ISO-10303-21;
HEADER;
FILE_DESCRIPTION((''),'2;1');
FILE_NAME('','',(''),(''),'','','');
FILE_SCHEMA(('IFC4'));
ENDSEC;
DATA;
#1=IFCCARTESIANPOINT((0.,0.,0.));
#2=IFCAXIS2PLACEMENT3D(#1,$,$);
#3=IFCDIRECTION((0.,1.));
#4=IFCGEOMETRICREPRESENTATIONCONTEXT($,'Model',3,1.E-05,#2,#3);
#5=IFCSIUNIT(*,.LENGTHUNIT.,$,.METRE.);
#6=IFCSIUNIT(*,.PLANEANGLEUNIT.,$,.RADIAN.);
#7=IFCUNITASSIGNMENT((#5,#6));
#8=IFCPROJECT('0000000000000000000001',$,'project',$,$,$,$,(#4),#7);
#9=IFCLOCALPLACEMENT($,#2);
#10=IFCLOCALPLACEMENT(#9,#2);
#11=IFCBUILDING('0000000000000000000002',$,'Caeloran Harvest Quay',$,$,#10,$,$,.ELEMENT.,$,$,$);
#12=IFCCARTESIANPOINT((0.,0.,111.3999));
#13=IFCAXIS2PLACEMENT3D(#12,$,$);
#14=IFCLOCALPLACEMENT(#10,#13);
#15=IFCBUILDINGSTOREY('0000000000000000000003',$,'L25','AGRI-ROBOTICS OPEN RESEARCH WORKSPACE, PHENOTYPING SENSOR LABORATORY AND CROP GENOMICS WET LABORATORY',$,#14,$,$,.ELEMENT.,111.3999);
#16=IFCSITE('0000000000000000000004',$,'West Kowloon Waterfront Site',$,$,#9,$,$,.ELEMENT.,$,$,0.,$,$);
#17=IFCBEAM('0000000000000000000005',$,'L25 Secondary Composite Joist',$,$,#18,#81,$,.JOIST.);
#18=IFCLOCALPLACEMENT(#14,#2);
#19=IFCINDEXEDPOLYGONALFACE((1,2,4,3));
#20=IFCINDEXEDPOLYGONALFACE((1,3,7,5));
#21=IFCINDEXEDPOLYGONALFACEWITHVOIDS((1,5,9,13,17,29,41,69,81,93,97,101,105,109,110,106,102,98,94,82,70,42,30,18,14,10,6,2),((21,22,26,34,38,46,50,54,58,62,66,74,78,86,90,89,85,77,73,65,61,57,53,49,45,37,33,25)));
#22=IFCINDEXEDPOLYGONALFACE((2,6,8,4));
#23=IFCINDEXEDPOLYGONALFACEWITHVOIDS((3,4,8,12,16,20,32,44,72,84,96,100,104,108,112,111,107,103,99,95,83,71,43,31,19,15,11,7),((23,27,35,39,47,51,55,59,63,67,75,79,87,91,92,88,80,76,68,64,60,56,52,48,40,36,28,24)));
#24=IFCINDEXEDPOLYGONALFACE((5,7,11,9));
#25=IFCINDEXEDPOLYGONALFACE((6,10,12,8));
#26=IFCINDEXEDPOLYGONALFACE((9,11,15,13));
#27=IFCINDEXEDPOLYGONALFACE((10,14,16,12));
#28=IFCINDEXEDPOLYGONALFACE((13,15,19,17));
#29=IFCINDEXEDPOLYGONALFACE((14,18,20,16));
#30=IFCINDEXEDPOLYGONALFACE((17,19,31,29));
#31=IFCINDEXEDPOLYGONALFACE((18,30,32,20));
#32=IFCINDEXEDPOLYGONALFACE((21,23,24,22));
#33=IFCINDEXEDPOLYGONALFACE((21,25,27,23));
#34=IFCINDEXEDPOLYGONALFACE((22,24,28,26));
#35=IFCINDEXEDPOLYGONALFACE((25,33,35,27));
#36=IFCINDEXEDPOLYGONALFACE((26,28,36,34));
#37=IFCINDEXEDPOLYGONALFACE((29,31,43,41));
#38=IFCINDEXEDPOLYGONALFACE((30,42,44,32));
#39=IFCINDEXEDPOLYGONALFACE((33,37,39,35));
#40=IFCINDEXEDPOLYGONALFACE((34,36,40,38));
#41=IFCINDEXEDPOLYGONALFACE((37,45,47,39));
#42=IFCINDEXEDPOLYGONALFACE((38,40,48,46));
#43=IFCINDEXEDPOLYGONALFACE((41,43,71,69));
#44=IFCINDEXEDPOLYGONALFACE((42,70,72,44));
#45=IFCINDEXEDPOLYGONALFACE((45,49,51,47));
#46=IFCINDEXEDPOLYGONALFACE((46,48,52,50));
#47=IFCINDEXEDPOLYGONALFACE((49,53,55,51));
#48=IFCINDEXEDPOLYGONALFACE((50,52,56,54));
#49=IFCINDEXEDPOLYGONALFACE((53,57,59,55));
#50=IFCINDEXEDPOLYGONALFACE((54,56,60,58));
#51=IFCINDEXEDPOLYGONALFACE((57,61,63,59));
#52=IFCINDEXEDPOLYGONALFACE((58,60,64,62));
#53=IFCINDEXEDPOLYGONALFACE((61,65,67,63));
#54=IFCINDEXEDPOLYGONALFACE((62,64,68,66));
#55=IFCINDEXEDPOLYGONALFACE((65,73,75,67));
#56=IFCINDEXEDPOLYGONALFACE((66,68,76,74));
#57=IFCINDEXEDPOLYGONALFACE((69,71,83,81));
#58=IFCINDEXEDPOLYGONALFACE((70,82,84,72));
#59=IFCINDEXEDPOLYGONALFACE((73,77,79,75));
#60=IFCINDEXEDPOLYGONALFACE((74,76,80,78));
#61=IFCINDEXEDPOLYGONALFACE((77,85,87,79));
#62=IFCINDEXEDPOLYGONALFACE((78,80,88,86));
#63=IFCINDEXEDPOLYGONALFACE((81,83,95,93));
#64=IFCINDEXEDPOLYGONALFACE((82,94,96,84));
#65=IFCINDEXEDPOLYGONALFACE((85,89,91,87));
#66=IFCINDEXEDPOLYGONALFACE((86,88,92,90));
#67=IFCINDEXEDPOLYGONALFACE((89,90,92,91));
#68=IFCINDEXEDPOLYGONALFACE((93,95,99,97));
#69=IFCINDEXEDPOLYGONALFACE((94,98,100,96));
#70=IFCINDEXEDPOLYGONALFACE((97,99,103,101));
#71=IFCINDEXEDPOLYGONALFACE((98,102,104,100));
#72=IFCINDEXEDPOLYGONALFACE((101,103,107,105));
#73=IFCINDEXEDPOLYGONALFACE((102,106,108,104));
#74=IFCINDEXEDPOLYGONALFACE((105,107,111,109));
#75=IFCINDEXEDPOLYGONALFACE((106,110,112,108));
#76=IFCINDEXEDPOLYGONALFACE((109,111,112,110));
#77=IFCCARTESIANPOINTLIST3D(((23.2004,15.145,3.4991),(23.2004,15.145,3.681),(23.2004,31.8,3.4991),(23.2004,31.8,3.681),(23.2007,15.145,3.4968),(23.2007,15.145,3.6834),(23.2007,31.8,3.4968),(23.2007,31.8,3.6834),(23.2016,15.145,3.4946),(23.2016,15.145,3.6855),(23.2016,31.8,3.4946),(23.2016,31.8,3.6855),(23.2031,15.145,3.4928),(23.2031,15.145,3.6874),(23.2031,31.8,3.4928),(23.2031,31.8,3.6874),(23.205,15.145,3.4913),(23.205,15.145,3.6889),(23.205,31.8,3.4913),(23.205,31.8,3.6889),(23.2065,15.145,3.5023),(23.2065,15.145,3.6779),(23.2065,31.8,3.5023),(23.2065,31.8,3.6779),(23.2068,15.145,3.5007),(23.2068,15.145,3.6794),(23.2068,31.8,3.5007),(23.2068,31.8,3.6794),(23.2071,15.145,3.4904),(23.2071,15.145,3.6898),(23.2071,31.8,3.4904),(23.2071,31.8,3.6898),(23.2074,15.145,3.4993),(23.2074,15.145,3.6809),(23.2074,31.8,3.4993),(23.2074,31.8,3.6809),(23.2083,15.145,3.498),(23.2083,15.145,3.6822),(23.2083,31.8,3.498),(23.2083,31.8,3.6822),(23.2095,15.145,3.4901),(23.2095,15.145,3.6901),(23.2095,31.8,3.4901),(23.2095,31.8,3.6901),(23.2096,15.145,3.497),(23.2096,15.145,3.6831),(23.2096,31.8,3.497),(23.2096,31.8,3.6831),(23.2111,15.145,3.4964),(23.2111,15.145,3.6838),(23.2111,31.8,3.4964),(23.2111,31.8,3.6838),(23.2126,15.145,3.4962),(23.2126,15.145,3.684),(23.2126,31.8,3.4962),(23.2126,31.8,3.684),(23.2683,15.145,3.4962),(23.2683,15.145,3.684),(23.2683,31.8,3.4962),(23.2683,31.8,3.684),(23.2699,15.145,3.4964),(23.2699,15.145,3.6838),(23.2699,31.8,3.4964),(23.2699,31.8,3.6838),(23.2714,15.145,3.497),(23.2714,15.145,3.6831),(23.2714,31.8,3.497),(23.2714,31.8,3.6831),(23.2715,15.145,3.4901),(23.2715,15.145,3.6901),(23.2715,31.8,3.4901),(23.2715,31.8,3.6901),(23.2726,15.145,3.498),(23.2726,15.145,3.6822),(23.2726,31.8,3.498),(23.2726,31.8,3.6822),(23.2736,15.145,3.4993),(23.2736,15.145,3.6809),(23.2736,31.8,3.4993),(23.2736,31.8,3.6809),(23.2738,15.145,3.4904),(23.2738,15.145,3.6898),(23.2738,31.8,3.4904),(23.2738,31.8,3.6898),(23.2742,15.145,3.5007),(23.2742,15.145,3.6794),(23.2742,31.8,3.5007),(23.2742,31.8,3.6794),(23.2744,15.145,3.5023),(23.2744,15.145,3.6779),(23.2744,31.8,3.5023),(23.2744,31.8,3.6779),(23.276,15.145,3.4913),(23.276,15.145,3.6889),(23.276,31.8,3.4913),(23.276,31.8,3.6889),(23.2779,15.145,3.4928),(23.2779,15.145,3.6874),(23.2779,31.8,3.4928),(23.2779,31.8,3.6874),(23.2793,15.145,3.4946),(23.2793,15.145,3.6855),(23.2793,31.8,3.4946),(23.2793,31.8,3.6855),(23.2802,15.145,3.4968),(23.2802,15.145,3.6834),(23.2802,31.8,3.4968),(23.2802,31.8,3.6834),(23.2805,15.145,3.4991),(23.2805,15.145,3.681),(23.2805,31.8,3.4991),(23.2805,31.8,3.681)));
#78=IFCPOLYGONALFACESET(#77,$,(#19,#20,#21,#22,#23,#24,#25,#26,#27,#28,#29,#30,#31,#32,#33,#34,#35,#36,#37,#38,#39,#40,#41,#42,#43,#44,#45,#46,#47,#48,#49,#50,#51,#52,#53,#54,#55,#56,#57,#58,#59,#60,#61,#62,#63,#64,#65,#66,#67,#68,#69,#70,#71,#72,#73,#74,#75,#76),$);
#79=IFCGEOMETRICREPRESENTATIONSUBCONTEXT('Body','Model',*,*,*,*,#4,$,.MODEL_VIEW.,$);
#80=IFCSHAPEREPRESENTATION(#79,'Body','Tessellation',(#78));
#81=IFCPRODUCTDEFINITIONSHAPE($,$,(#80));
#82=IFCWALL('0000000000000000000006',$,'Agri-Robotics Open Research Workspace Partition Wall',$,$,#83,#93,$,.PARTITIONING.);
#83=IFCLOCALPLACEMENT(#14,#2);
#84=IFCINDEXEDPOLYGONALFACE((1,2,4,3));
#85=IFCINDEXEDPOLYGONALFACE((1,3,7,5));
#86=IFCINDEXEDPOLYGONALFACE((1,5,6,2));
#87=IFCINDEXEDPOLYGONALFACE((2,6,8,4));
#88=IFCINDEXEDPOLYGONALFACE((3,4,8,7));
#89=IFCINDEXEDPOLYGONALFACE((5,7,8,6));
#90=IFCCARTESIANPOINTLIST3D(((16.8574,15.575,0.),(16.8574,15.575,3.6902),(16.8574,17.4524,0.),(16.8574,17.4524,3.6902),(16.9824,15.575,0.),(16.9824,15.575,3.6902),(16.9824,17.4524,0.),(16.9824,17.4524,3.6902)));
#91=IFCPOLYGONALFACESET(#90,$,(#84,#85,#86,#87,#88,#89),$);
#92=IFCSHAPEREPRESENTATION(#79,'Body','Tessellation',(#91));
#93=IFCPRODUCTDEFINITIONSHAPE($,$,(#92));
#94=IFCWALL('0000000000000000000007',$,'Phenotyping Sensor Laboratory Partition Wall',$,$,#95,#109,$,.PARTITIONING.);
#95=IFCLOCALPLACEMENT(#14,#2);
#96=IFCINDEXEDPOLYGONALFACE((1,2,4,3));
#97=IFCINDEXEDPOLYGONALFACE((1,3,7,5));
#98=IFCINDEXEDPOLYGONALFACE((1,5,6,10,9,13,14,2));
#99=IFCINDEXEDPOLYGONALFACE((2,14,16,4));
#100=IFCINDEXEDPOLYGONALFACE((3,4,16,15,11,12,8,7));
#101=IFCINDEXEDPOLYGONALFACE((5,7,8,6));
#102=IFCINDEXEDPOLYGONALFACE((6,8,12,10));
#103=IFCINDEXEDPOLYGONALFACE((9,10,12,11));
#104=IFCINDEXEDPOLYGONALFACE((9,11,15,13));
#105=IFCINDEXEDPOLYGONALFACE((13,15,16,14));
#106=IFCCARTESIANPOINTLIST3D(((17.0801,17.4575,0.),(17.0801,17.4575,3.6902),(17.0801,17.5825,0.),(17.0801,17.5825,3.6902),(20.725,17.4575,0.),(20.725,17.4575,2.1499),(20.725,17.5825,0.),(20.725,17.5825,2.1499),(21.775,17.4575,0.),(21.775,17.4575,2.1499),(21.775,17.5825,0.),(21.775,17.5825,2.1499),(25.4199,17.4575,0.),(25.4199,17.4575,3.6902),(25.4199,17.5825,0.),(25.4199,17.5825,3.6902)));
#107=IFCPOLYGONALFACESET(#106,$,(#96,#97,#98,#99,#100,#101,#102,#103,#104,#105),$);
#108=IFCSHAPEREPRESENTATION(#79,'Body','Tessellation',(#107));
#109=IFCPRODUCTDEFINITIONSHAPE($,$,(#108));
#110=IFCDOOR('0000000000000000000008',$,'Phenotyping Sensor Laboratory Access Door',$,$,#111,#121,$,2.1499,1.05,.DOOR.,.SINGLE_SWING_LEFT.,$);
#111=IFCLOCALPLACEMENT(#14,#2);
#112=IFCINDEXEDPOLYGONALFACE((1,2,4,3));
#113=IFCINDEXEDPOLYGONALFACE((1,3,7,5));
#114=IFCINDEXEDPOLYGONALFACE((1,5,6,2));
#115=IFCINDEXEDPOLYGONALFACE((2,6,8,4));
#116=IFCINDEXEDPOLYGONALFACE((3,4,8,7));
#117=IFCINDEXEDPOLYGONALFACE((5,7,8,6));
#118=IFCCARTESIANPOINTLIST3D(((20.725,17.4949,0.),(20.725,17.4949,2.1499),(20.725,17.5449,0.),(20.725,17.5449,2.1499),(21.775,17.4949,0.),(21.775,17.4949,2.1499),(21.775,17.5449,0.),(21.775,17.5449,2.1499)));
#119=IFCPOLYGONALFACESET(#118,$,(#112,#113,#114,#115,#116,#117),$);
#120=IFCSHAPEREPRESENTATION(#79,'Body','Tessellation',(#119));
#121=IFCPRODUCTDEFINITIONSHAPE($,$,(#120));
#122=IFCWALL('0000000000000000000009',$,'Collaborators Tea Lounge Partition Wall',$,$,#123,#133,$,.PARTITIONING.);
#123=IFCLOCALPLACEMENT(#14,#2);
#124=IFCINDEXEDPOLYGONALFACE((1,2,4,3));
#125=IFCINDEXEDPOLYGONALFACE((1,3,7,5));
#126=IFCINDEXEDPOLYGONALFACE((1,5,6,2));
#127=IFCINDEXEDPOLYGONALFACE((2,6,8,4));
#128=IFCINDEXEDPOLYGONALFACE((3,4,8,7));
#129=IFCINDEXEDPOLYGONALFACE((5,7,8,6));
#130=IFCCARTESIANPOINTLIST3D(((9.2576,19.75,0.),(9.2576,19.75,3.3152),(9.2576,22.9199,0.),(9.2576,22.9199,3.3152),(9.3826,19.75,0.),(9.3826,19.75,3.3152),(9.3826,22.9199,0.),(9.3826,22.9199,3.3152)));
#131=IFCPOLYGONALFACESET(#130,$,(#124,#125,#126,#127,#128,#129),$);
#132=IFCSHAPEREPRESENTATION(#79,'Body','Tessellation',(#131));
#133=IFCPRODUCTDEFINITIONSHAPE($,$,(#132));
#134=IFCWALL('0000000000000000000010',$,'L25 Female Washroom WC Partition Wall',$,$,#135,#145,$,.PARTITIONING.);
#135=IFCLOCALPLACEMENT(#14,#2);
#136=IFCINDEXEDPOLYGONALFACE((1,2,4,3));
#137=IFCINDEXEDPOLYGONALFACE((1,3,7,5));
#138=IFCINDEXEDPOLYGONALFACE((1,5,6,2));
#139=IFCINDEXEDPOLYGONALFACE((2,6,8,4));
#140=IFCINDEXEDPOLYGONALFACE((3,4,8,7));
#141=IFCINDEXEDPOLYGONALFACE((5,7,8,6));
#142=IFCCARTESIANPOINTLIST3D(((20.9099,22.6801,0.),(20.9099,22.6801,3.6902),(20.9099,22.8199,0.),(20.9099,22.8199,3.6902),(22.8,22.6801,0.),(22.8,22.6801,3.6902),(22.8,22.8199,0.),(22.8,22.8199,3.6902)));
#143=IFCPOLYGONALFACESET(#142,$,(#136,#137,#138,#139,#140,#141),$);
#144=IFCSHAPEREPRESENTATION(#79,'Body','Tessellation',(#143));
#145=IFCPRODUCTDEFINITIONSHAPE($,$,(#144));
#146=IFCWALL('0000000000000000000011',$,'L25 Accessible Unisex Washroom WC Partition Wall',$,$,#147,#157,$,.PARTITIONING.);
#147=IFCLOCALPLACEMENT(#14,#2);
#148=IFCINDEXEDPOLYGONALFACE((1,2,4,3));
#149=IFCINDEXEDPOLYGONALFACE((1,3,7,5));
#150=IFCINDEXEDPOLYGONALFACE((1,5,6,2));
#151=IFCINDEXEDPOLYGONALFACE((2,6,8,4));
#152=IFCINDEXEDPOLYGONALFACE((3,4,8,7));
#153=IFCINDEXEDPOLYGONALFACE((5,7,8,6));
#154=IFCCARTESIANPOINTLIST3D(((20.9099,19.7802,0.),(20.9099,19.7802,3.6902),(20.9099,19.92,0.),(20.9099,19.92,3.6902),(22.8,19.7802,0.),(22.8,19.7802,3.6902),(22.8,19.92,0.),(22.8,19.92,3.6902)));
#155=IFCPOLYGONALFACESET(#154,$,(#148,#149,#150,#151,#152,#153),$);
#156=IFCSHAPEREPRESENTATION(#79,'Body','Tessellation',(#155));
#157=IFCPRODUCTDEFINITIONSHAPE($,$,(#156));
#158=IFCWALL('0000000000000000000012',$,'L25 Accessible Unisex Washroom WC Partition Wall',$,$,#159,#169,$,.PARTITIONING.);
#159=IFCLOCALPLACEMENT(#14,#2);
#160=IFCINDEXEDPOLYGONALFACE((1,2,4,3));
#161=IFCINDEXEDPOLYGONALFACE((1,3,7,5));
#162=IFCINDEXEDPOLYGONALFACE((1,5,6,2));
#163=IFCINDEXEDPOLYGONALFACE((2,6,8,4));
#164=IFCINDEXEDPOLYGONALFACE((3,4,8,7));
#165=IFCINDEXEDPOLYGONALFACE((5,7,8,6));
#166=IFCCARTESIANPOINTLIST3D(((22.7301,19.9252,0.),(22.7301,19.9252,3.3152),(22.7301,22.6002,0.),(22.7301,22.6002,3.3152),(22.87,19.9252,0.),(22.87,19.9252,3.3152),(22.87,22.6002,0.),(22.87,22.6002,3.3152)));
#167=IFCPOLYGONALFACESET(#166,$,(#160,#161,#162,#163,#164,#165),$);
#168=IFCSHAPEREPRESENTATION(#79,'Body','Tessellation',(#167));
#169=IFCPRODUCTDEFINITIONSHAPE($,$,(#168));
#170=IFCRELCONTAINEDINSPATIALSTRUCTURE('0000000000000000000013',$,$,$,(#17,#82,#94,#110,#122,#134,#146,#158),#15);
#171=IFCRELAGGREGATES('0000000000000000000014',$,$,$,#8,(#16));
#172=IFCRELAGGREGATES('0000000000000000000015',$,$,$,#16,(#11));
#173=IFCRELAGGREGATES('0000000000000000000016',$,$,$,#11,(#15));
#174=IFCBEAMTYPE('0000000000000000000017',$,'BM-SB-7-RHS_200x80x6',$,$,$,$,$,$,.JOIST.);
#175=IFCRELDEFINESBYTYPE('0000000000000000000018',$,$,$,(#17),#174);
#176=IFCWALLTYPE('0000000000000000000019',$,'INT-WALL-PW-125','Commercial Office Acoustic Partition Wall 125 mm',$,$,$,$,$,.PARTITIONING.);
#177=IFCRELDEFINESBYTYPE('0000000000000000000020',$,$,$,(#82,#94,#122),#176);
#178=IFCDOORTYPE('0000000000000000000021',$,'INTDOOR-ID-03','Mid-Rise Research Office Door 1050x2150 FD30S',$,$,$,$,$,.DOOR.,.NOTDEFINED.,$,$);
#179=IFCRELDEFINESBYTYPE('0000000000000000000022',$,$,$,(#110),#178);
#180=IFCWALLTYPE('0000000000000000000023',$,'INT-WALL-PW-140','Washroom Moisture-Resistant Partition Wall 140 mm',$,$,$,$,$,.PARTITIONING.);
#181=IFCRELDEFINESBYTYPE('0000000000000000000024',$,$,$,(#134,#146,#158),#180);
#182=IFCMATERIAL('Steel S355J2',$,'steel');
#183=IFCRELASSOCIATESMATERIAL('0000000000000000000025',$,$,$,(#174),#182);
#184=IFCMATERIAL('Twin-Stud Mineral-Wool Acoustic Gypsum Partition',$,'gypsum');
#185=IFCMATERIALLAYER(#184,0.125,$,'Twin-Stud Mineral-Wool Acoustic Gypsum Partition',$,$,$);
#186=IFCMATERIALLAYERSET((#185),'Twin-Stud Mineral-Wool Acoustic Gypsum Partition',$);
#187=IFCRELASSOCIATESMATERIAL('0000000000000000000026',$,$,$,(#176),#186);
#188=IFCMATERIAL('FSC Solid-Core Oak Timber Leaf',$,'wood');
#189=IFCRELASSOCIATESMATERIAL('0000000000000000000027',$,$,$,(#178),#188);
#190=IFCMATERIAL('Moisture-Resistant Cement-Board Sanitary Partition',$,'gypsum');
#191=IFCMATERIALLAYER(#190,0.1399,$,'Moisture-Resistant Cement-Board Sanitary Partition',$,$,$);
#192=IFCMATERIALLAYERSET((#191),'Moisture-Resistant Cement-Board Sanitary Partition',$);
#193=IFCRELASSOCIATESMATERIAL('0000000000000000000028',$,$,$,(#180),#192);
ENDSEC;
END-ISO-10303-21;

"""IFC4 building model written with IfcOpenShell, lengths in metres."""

from ifc_helpers import new_model, si_unit, direction, frame, frame_2d, origin, origin_2d, place, context, subcontext, project, spatial, rectangle, hollow_rectangle, extrude, material, layer, layer_set, material_profile, profile_set, type_object, element, fill, save


model = new_model("IFC4")

# Units and contexts
model_context = context("Model", 3, precision=1e-05, world=origin(), true_north=direction((0.0, 1.0)))
body_context = subcontext(model_context, "Body", "Model", "MODEL_VIEW")
ifc_project = project(units=[si_unit("LENGTHUNIT", "METRE"), si_unit("PLANEANGLEUNIT", "RADIAN")], contexts=[model_context])

# Site, building, storey
site_placement = place(None, origin())
site = spatial("IfcSite", under=ifc_project, at=site_placement, Name="West Kowloon Waterfront Site", CompositionType="ELEMENT", RefElevation=0.0)
building_placement = place(site_placement, origin())
building = spatial("IfcBuilding", under=site, at=building_placement, Name="Caeloran Harvest Quay", CompositionType="ELEMENT")
storey_placement = place(building_placement, frame((0.0, 0.0, 111.3999)))
storey = spatial("IfcBuildingStorey", under=building, at=storey_placement, Name="L25", Description="AGRI-ROBOTICS OPEN RESEARCH WORKSPACE, PHENOTYPING SENSOR LABORATORY AND CROP GENOMICS WET LABORATORY", CompositionType="ELEMENT", Elevation=111.3999)

# Beam
ifc_material_1 = material(Name="Steel S355J2", Category="steel")
ifc_material_profile_1 = material_profile(ifc_material_1, hollow_rectangle(XDim=0.0801, YDim=0.2, WallThickness=0.0061, InnerFilletRadius=0.0061, OuterFilletRadius=0.009, at=origin_2d()), Name="RHS 200x80x6")
ifc_profile_set_1 = profile_set([ifc_material_profile_1], Name="Steel S355J2")
beam_type_1 = type_object("IfcBeamType", Name="BM-SB-7-RHS_200x80x6", PredefinedType="JOIST", material=ifc_profile_set_1)
for number, where, z_axis, x_axis, name in (
    (1, (23.2405, 15.145, 3.5901), (0.0, 1.0, 0.0), (-1.0, 0.0, 0.0), "L25 Secondary Composite Joist"),
):
    element("IfcBeam", number, at=place(storey_placement, frame(where, z_axis=z_axis, x_axis=x_axis)), inside=storey, type_object=beam_type_1, Name=name, PredefinedType="JOIST", context=body_context, shape_type="SweptSolid", body=[
        extrude(hollow_rectangle(XDim=0.0801, YDim=0.2, WallThickness=0.0061, InnerFilletRadius=0.0061, OuterFilletRadius=0.009, at=origin_2d()), origin(), (0.0, 0.0, 1.0), 16.655),
    ])

# Wall
ifc_material_2 = material(Name="Twin-Stud Mineral-Wool Acoustic Gypsum Partition", Category="gypsum")
ifc_layer_1 = layer(ifc_material_2, 0.125, Name="Twin-Stud Mineral-Wool Acoustic Gypsum Partition")
ifc_layer_set_1 = layer_set([ifc_layer_1], Name="Twin-Stud Mineral-Wool Acoustic Gypsum Partition")
wall_type_1 = type_object("IfcWallType", Name="INT-WALL-PW-125", Description="Commercial Office Acoustic Partition Wall 125 mm", PredefinedType="PARTITIONING", material=ifc_layer_set_1)
wall_1_placement = place(storey_placement, frame((16.9199, 17.4524, 0.0), z_axis=(0.0, 0.0, 1.0), x_axis=(0.0, -1.0, 0.0)))
element("IfcWall", 2, at=wall_1_placement, inside=storey, type_object=wall_type_1, Name="Agri-Robotics Open Research Workspace Partition Wall", PredefinedType="PARTITIONING", context=body_context, shape_type="SweptSolid", body=[
    extrude(rectangle(XDim=1.8774, YDim=0.125, at=frame_2d((0.9387, 0.0))), origin(), (0.0, 0.0, 1.0), 3.6902),
])

# Wall, opening, door
wall_2_placement = place(storey_placement, frame((17.0801, 17.52, 0.0), z_axis=(0.0, 0.0, 1.0), x_axis=(1.0, 0.0, 0.0)))
wall_2 = element("IfcWall", 3, at=wall_2_placement, inside=storey, type_object=wall_type_1, Name="Phenotyping Sensor Laboratory Partition Wall", PredefinedType="PARTITIONING", context=body_context, shape_type="SweptSolid", body=[
    extrude(rectangle(XDim=8.3398, YDim=0.125, at=frame_2d((4.1699, 0.0))), origin(), (0.0, 0.0, 1.0), 3.6902),
])
opening_1_placement = place(wall_2_placement, frame((3.645, 0.0, 0.0)))
opening_1 = element("IfcOpeningElement", 4, at=opening_1_placement, cuts=wall_2, PredefinedType="OPENING", context=body_context, shape_type="SweptSolid", body=[
    extrude(rectangle(XDim=1.05, YDim=2.1499, at=frame_2d((0.5249, 1.075))), frame((0.0, 0.0725, 0.0), z_axis=(0.0, -1.0, 0.0), x_axis=(1.0, 0.0, 0.0)), (0.0, 0.0, 1.0), 0.145),
])
ifc_material_3 = material(Name="FSC Solid-Core Oak Timber Leaf", Category="wood")
door_type_1 = type_object("IfcDoorType", Name="INTDOOR-ID-03", Description="Mid-Rise Research Office Door 1050x2150 FD30S", OperationType="NOTDEFINED", PredefinedType="DOOR", material=ifc_material_3)
door_1_placement = place(opening_1_placement, origin())
door_1 = element("IfcDoor", 5, at=door_1_placement, inside=storey, type_object=door_type_1, Name="Phenotyping Sensor Laboratory Access Door", OperationType="SINGLE_SWING_LEFT", OverallHeight=2.1499, OverallWidth=1.05, PredefinedType="DOOR", context=body_context, shape_type="SweptSolid", body=[
    extrude(rectangle(XDim=1.05, YDim=2.1499, at=frame_2d((0.5249, 1.075))), frame((0.0, 0.0249, 0.0), z_axis=(0.0, -1.0, 0.0), x_axis=(1.0, 0.0, 0.0)), (0.0, 0.0, 1.0), 0.05),
])
fill(opening_1, door_1)

# Wall
wall_3_placement = place(storey_placement, frame((9.3201, 22.9199, 0.0), z_axis=(0.0, 0.0, 1.0), x_axis=(0.0, -1.0, 0.0)))
element("IfcWall", 6, at=wall_3_placement, inside=storey, type_object=wall_type_1, Name="Collaborators Tea Lounge Partition Wall", PredefinedType="PARTITIONING", context=body_context, shape_type="SweptSolid", body=[
    extrude(rectangle(XDim=3.1699, YDim=0.125, at=frame_2d((1.585, 0.0))), origin(), (0.0, 0.0, 1.0), 3.3152),
])

# Wall
ifc_material_4 = material(Name="Moisture-Resistant Cement-Board Sanitary Partition", Category="gypsum")
ifc_layer_2 = layer(ifc_material_4, 0.1399, Name="Moisture-Resistant Cement-Board Sanitary Partition")
ifc_layer_set_2 = layer_set([ifc_layer_2], Name="Moisture-Resistant Cement-Board Sanitary Partition")
wall_type_2 = type_object("IfcWallType", Name="INT-WALL-PW-140", Description="Washroom Moisture-Resistant Partition Wall 140 mm", PredefinedType="PARTITIONING", material=ifc_layer_set_2)
wall_4_placement = place(storey_placement, frame((22.8, 22.75, 0.0), z_axis=(0.0, 0.0, 1.0), x_axis=(-1.0, 0.0, 0.0)))
element("IfcWall", 7, at=wall_4_placement, inside=storey, type_object=wall_type_2, Name="L25 Female Washroom WC Partition Wall", PredefinedType="PARTITIONING", context=body_context, shape_type="SweptSolid", body=[
    extrude(rectangle(XDim=1.8901, YDim=0.1399, at=frame_2d((0.9451, 0.0))), origin(), (0.0, 0.0, 1.0), 3.6902),
])

# Wall
wall_5_placement = place(storey_placement, frame((22.8, 19.8501, 0.0), z_axis=(0.0, 0.0, 1.0), x_axis=(-1.0, 0.0, 0.0)))
element("IfcWall", 8, at=wall_5_placement, inside=storey, type_object=wall_type_2, Name="L25 Accessible Unisex Washroom WC Partition Wall", PredefinedType="PARTITIONING", context=body_context, shape_type="SweptSolid", body=[
    extrude(rectangle(XDim=1.8901, YDim=0.1399, at=frame_2d((0.9451, 0.0))), origin(), (0.0, 0.0, 1.0), 3.6902),
])

# Wall
wall_6_placement = place(storey_placement, frame((22.8, 22.6001, 0.0), z_axis=(0.0, 0.0, 1.0), x_axis=(0.0, -1.0, 0.0)))
element("IfcWall", 9, at=wall_6_placement, inside=storey, type_object=wall_type_2, Name="L25 Accessible Unisex Washroom WC Partition Wall", PredefinedType="PARTITIONING", context=body_context, shape_type="SweptSolid", body=[
    extrude(rectangle(XDim=2.675, YDim=0.1399, at=frame_2d((1.3374, 0.0))), origin(), (0.0, 0.0, 1.0), 3.3152),
])

save(model, "model.ifc")
